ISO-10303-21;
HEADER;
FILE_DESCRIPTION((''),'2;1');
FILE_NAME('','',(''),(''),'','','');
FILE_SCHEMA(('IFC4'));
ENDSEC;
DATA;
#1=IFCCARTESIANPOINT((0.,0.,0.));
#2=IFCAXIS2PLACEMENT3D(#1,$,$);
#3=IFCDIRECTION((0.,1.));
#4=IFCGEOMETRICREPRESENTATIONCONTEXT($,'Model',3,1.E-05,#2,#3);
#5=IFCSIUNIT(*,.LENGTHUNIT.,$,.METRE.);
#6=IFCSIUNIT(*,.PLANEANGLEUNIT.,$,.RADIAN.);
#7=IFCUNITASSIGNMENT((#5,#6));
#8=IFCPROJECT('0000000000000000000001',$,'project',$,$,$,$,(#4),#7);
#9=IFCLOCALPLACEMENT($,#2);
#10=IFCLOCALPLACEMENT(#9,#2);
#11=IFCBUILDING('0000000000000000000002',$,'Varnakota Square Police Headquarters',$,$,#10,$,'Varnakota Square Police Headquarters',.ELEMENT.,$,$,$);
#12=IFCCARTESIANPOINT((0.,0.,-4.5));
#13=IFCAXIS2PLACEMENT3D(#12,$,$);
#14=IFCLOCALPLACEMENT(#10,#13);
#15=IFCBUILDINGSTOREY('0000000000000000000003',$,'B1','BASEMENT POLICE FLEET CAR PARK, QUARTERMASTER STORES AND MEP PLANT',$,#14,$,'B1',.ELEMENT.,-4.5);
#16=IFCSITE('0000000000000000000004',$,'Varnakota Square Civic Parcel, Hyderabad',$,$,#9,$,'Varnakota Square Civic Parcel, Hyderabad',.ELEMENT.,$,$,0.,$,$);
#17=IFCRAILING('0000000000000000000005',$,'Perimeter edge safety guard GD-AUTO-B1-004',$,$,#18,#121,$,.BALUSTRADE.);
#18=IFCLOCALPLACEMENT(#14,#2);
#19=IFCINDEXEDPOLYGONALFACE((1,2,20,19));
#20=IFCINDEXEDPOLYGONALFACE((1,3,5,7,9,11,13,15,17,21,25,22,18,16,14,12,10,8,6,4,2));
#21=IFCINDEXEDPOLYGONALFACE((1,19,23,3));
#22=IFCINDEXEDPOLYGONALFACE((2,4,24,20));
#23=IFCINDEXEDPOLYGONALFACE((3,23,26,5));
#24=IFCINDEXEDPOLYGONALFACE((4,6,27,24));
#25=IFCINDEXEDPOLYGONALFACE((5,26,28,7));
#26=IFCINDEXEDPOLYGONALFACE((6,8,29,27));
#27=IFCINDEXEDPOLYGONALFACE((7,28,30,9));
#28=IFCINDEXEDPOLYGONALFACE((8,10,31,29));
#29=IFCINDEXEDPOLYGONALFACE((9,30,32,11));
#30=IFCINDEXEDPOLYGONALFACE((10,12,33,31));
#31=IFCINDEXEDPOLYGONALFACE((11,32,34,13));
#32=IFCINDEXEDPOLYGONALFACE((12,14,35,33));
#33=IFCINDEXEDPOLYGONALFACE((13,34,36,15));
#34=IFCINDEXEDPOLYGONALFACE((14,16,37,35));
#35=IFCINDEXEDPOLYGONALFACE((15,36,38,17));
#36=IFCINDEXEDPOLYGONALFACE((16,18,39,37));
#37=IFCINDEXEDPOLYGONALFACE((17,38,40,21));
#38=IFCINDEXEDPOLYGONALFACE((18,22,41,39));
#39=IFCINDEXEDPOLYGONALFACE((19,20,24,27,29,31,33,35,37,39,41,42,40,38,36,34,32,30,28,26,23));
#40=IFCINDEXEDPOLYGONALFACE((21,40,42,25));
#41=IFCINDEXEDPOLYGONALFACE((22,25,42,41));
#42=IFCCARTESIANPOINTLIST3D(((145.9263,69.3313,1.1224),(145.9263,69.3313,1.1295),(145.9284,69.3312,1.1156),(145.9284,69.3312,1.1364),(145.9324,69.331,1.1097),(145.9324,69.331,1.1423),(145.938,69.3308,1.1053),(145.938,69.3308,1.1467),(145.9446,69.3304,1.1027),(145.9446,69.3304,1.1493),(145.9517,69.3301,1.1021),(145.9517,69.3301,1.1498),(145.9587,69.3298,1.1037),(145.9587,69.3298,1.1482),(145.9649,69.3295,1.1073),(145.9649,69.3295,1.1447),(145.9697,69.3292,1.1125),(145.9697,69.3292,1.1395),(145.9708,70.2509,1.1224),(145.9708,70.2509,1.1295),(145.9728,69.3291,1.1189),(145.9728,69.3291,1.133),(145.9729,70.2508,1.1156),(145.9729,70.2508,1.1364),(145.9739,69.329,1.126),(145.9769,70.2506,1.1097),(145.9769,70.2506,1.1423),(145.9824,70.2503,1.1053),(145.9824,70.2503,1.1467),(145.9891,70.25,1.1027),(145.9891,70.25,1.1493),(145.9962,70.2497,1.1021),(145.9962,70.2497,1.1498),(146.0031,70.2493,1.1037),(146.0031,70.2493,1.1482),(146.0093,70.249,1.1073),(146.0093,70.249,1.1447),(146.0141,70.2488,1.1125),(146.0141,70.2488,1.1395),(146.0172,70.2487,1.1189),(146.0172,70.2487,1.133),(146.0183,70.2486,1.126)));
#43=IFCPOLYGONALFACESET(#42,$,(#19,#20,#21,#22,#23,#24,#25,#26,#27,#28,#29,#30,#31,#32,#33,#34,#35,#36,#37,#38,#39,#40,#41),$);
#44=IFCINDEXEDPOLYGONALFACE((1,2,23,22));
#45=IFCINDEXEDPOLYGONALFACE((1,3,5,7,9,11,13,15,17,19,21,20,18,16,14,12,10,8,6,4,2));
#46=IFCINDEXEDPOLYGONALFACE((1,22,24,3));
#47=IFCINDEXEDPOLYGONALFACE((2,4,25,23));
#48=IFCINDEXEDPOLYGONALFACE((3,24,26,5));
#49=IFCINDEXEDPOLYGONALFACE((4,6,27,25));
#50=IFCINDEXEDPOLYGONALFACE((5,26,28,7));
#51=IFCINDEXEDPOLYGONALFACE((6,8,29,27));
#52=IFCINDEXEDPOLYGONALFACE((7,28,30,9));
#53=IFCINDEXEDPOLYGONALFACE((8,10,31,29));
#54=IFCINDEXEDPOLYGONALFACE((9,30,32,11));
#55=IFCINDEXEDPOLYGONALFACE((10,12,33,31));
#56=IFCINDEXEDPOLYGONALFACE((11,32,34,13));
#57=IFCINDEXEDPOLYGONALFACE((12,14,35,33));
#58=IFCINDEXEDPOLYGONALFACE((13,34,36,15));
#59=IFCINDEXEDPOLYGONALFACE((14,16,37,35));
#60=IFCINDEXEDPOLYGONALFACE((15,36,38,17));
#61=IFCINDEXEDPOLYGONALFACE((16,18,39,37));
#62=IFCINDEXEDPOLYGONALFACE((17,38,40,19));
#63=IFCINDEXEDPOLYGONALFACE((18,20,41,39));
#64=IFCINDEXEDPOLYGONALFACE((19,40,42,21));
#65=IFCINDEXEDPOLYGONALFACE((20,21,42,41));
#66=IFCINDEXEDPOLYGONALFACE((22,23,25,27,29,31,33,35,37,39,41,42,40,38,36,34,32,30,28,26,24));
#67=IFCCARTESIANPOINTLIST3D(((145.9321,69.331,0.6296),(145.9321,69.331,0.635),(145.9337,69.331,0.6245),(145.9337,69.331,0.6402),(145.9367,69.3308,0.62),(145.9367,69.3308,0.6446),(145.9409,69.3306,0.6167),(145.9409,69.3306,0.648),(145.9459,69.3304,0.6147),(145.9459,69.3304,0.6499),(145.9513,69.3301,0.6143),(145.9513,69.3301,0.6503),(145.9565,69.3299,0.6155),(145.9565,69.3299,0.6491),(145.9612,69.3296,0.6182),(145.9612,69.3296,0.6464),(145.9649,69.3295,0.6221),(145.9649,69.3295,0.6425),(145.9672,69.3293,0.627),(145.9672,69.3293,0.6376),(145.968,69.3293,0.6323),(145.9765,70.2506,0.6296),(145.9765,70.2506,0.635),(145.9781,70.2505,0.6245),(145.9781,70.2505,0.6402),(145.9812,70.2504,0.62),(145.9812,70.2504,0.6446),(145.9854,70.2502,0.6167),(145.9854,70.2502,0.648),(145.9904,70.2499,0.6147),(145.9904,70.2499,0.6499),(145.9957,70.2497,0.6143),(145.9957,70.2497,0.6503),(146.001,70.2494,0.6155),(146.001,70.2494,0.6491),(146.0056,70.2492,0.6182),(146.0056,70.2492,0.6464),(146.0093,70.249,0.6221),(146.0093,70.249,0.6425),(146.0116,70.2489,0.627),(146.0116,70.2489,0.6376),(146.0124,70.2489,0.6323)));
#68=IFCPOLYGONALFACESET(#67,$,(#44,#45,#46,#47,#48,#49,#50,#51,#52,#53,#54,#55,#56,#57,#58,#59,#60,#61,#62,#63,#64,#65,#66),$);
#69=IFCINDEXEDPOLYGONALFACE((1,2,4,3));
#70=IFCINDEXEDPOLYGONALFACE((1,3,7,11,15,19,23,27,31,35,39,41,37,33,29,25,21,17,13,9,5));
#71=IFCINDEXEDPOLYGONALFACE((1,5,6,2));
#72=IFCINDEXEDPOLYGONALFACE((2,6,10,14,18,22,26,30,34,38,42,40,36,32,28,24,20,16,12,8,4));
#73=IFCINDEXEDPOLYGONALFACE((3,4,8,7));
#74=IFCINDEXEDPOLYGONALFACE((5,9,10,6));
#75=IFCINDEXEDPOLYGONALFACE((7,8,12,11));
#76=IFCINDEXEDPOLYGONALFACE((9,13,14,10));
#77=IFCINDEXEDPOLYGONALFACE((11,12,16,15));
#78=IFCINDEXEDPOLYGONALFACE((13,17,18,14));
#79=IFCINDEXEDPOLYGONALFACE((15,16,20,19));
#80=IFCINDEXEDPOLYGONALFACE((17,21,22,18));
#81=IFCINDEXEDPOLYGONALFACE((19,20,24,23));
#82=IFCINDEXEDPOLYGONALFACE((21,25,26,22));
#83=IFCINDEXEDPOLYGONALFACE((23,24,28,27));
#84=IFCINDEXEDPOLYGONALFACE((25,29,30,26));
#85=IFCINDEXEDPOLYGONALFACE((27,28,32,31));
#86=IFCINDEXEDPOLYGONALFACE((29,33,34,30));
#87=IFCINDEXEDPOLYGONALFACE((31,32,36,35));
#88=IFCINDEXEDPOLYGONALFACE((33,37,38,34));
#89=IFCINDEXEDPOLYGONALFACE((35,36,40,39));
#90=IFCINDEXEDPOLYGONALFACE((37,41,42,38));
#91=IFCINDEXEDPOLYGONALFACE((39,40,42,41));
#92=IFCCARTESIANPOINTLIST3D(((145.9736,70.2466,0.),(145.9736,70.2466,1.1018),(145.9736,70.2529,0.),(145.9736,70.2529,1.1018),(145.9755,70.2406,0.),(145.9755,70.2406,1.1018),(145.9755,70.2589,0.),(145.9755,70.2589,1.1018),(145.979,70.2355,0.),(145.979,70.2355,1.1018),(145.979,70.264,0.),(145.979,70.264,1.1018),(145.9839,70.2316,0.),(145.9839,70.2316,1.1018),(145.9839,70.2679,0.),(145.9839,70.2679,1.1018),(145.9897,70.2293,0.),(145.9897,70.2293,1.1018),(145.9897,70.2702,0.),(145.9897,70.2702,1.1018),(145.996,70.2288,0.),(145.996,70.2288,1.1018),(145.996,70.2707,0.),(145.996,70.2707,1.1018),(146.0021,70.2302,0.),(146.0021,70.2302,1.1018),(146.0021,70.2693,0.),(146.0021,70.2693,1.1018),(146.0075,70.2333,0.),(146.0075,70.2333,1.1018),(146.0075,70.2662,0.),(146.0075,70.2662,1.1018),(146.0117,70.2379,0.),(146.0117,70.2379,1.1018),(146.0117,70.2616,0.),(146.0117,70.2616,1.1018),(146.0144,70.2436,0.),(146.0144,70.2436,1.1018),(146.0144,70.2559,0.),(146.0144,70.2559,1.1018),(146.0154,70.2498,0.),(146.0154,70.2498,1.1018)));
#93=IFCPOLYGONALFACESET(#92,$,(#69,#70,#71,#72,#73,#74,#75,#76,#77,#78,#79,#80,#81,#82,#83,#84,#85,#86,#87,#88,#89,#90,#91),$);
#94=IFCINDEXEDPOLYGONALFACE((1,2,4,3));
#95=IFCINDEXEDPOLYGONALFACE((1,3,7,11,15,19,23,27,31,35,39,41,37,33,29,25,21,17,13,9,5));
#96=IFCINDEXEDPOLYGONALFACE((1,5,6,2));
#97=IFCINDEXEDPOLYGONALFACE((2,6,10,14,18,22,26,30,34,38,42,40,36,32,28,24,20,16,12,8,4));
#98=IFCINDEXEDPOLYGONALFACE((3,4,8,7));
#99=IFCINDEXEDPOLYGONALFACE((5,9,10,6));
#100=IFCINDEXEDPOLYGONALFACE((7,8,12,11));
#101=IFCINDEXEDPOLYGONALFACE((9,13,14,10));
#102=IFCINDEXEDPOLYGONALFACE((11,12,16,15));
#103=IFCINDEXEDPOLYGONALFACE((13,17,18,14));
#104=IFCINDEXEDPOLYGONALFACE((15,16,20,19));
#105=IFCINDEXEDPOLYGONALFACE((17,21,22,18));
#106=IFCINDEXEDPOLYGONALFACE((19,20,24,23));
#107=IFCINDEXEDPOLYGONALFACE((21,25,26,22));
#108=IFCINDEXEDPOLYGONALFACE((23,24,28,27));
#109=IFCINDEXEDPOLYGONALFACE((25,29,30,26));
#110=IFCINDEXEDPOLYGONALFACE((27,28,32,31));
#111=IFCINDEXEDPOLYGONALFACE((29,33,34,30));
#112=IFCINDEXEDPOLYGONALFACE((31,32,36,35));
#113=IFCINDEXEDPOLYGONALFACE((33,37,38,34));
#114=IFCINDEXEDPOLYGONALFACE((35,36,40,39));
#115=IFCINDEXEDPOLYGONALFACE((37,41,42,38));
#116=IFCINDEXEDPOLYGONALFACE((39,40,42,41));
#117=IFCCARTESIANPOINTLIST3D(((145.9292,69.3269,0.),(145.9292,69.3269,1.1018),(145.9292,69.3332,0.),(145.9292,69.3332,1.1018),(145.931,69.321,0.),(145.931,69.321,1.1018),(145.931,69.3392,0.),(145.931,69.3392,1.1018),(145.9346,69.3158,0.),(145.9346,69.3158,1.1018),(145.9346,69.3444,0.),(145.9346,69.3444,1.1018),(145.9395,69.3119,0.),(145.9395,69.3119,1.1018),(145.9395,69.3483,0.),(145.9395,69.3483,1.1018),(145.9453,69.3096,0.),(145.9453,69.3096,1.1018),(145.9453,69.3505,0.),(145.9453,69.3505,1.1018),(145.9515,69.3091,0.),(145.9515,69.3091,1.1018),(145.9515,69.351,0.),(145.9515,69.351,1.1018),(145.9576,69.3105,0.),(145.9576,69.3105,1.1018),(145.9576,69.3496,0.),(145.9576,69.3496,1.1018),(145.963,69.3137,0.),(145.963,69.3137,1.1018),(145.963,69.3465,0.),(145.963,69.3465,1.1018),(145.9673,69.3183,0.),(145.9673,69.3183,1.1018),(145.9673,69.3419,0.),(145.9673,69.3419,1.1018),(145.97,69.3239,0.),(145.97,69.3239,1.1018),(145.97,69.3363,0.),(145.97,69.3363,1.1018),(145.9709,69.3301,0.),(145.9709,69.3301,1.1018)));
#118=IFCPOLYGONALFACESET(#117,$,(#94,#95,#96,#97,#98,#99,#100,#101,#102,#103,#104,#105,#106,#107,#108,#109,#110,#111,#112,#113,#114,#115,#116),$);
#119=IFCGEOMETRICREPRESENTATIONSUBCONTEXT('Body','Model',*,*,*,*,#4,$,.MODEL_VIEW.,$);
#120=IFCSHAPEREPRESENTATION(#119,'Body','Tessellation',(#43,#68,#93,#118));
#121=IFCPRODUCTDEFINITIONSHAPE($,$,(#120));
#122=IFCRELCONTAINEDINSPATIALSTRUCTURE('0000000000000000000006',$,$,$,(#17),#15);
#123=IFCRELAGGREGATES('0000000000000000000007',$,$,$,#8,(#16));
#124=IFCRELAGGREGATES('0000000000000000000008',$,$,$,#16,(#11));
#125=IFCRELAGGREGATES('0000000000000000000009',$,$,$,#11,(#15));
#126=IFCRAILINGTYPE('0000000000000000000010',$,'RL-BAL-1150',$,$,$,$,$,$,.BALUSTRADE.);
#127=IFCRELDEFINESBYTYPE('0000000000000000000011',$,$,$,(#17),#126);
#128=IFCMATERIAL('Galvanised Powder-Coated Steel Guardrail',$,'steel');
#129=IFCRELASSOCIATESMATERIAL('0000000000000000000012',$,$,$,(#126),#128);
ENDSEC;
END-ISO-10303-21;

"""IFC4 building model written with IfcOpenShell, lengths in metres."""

from ifc_helpers import new_model, si_unit, direction, frame, origin, origin_2d, place, context, subcontext, project, spatial, circle, extrude, material, type_object, element, save


model = new_model("IFC4")

# Units and contexts
model_context = context("Model", 3, precision=1e-05, world=origin(), true_north=direction((0.0, 1.0)))
body_context = subcontext(model_context, "Body", "Model", "MODEL_VIEW")
ifc_project = project(units=[si_unit("LENGTHUNIT", "METRE"), si_unit("PLANEANGLEUNIT", "RADIAN")], contexts=[model_context])

# Site, building, storey
site_placement = place(None, origin())
site = spatial("IfcSite", under=ifc_project, at=site_placement, Name="Varnakota Square Civic Parcel, Hyderabad", LongName="Varnakota Square Civic Parcel, Hyderabad", CompositionType="ELEMENT", RefElevation=0.0)
building_placement = place(site_placement, origin())
building = spatial("IfcBuilding", under=site, at=building_placement, Name="Varnakota Square Police Headquarters", LongName="Varnakota Square Police Headquarters", CompositionType="ELEMENT")
storey_placement = place(building_placement, frame((0.0, 0.0, -4.5)))
storey = spatial("IfcBuildingStorey", under=building, at=storey_placement, Name="B1", Description="BASEMENT POLICE FLEET CAR PARK, QUARTERMASTER STORES AND MEP PLANT", LongName="B1", CompositionType="ELEMENT", Elevation=-4.5)

# Railing
ifc_material_1 = material(Name="Galvanised Powder-Coated Steel Guardrail", Category="steel")
railing_type = type_object("IfcRailingType", Name="RL-BAL-1150", PredefinedType="BALUSTRADE", material=ifc_material_1)
railing_placement = place(storey_placement, frame((145.9944, 70.2498, 0.0)))
element("IfcRailing", 1, at=railing_placement, inside=storey, type_object=railing_type, Name="Perimeter edge safety guard GD-AUTO-B1-004", PredefinedType="BALUSTRADE", context=body_context, shape_type="SweptSolid", body=[
    extrude(circle(Radius=0.0239, at=origin_2d()), frame((0.0, 0.0, 1.126), z_axis=(-0.048258, -0.998835, 0.0), x_axis=(0.998835, -0.048258, 0.0)), (0.0, 0.0, 1.0), 0.9207),
    extrude(circle(Radius=0.0181, at=origin_2d()), frame((0.0, 0.0, 0.6323), z_axis=(-0.048258, -0.998835, 0.0), x_axis=(0.998835, -0.048258, 0.0)), (0.0, 0.0, 1.0), 0.9207),
    extrude(circle(Radius=0.021, at=origin_2d()), origin(), (0.0, 0.0, 1.0), 1.1018),
    extrude(circle(Radius=0.021, at=origin_2d()), frame((-0.0444, -0.9197, 0.0)), (0.0, 0.0, 1.0), 1.1018),
])

save(model, "model.ifc")
